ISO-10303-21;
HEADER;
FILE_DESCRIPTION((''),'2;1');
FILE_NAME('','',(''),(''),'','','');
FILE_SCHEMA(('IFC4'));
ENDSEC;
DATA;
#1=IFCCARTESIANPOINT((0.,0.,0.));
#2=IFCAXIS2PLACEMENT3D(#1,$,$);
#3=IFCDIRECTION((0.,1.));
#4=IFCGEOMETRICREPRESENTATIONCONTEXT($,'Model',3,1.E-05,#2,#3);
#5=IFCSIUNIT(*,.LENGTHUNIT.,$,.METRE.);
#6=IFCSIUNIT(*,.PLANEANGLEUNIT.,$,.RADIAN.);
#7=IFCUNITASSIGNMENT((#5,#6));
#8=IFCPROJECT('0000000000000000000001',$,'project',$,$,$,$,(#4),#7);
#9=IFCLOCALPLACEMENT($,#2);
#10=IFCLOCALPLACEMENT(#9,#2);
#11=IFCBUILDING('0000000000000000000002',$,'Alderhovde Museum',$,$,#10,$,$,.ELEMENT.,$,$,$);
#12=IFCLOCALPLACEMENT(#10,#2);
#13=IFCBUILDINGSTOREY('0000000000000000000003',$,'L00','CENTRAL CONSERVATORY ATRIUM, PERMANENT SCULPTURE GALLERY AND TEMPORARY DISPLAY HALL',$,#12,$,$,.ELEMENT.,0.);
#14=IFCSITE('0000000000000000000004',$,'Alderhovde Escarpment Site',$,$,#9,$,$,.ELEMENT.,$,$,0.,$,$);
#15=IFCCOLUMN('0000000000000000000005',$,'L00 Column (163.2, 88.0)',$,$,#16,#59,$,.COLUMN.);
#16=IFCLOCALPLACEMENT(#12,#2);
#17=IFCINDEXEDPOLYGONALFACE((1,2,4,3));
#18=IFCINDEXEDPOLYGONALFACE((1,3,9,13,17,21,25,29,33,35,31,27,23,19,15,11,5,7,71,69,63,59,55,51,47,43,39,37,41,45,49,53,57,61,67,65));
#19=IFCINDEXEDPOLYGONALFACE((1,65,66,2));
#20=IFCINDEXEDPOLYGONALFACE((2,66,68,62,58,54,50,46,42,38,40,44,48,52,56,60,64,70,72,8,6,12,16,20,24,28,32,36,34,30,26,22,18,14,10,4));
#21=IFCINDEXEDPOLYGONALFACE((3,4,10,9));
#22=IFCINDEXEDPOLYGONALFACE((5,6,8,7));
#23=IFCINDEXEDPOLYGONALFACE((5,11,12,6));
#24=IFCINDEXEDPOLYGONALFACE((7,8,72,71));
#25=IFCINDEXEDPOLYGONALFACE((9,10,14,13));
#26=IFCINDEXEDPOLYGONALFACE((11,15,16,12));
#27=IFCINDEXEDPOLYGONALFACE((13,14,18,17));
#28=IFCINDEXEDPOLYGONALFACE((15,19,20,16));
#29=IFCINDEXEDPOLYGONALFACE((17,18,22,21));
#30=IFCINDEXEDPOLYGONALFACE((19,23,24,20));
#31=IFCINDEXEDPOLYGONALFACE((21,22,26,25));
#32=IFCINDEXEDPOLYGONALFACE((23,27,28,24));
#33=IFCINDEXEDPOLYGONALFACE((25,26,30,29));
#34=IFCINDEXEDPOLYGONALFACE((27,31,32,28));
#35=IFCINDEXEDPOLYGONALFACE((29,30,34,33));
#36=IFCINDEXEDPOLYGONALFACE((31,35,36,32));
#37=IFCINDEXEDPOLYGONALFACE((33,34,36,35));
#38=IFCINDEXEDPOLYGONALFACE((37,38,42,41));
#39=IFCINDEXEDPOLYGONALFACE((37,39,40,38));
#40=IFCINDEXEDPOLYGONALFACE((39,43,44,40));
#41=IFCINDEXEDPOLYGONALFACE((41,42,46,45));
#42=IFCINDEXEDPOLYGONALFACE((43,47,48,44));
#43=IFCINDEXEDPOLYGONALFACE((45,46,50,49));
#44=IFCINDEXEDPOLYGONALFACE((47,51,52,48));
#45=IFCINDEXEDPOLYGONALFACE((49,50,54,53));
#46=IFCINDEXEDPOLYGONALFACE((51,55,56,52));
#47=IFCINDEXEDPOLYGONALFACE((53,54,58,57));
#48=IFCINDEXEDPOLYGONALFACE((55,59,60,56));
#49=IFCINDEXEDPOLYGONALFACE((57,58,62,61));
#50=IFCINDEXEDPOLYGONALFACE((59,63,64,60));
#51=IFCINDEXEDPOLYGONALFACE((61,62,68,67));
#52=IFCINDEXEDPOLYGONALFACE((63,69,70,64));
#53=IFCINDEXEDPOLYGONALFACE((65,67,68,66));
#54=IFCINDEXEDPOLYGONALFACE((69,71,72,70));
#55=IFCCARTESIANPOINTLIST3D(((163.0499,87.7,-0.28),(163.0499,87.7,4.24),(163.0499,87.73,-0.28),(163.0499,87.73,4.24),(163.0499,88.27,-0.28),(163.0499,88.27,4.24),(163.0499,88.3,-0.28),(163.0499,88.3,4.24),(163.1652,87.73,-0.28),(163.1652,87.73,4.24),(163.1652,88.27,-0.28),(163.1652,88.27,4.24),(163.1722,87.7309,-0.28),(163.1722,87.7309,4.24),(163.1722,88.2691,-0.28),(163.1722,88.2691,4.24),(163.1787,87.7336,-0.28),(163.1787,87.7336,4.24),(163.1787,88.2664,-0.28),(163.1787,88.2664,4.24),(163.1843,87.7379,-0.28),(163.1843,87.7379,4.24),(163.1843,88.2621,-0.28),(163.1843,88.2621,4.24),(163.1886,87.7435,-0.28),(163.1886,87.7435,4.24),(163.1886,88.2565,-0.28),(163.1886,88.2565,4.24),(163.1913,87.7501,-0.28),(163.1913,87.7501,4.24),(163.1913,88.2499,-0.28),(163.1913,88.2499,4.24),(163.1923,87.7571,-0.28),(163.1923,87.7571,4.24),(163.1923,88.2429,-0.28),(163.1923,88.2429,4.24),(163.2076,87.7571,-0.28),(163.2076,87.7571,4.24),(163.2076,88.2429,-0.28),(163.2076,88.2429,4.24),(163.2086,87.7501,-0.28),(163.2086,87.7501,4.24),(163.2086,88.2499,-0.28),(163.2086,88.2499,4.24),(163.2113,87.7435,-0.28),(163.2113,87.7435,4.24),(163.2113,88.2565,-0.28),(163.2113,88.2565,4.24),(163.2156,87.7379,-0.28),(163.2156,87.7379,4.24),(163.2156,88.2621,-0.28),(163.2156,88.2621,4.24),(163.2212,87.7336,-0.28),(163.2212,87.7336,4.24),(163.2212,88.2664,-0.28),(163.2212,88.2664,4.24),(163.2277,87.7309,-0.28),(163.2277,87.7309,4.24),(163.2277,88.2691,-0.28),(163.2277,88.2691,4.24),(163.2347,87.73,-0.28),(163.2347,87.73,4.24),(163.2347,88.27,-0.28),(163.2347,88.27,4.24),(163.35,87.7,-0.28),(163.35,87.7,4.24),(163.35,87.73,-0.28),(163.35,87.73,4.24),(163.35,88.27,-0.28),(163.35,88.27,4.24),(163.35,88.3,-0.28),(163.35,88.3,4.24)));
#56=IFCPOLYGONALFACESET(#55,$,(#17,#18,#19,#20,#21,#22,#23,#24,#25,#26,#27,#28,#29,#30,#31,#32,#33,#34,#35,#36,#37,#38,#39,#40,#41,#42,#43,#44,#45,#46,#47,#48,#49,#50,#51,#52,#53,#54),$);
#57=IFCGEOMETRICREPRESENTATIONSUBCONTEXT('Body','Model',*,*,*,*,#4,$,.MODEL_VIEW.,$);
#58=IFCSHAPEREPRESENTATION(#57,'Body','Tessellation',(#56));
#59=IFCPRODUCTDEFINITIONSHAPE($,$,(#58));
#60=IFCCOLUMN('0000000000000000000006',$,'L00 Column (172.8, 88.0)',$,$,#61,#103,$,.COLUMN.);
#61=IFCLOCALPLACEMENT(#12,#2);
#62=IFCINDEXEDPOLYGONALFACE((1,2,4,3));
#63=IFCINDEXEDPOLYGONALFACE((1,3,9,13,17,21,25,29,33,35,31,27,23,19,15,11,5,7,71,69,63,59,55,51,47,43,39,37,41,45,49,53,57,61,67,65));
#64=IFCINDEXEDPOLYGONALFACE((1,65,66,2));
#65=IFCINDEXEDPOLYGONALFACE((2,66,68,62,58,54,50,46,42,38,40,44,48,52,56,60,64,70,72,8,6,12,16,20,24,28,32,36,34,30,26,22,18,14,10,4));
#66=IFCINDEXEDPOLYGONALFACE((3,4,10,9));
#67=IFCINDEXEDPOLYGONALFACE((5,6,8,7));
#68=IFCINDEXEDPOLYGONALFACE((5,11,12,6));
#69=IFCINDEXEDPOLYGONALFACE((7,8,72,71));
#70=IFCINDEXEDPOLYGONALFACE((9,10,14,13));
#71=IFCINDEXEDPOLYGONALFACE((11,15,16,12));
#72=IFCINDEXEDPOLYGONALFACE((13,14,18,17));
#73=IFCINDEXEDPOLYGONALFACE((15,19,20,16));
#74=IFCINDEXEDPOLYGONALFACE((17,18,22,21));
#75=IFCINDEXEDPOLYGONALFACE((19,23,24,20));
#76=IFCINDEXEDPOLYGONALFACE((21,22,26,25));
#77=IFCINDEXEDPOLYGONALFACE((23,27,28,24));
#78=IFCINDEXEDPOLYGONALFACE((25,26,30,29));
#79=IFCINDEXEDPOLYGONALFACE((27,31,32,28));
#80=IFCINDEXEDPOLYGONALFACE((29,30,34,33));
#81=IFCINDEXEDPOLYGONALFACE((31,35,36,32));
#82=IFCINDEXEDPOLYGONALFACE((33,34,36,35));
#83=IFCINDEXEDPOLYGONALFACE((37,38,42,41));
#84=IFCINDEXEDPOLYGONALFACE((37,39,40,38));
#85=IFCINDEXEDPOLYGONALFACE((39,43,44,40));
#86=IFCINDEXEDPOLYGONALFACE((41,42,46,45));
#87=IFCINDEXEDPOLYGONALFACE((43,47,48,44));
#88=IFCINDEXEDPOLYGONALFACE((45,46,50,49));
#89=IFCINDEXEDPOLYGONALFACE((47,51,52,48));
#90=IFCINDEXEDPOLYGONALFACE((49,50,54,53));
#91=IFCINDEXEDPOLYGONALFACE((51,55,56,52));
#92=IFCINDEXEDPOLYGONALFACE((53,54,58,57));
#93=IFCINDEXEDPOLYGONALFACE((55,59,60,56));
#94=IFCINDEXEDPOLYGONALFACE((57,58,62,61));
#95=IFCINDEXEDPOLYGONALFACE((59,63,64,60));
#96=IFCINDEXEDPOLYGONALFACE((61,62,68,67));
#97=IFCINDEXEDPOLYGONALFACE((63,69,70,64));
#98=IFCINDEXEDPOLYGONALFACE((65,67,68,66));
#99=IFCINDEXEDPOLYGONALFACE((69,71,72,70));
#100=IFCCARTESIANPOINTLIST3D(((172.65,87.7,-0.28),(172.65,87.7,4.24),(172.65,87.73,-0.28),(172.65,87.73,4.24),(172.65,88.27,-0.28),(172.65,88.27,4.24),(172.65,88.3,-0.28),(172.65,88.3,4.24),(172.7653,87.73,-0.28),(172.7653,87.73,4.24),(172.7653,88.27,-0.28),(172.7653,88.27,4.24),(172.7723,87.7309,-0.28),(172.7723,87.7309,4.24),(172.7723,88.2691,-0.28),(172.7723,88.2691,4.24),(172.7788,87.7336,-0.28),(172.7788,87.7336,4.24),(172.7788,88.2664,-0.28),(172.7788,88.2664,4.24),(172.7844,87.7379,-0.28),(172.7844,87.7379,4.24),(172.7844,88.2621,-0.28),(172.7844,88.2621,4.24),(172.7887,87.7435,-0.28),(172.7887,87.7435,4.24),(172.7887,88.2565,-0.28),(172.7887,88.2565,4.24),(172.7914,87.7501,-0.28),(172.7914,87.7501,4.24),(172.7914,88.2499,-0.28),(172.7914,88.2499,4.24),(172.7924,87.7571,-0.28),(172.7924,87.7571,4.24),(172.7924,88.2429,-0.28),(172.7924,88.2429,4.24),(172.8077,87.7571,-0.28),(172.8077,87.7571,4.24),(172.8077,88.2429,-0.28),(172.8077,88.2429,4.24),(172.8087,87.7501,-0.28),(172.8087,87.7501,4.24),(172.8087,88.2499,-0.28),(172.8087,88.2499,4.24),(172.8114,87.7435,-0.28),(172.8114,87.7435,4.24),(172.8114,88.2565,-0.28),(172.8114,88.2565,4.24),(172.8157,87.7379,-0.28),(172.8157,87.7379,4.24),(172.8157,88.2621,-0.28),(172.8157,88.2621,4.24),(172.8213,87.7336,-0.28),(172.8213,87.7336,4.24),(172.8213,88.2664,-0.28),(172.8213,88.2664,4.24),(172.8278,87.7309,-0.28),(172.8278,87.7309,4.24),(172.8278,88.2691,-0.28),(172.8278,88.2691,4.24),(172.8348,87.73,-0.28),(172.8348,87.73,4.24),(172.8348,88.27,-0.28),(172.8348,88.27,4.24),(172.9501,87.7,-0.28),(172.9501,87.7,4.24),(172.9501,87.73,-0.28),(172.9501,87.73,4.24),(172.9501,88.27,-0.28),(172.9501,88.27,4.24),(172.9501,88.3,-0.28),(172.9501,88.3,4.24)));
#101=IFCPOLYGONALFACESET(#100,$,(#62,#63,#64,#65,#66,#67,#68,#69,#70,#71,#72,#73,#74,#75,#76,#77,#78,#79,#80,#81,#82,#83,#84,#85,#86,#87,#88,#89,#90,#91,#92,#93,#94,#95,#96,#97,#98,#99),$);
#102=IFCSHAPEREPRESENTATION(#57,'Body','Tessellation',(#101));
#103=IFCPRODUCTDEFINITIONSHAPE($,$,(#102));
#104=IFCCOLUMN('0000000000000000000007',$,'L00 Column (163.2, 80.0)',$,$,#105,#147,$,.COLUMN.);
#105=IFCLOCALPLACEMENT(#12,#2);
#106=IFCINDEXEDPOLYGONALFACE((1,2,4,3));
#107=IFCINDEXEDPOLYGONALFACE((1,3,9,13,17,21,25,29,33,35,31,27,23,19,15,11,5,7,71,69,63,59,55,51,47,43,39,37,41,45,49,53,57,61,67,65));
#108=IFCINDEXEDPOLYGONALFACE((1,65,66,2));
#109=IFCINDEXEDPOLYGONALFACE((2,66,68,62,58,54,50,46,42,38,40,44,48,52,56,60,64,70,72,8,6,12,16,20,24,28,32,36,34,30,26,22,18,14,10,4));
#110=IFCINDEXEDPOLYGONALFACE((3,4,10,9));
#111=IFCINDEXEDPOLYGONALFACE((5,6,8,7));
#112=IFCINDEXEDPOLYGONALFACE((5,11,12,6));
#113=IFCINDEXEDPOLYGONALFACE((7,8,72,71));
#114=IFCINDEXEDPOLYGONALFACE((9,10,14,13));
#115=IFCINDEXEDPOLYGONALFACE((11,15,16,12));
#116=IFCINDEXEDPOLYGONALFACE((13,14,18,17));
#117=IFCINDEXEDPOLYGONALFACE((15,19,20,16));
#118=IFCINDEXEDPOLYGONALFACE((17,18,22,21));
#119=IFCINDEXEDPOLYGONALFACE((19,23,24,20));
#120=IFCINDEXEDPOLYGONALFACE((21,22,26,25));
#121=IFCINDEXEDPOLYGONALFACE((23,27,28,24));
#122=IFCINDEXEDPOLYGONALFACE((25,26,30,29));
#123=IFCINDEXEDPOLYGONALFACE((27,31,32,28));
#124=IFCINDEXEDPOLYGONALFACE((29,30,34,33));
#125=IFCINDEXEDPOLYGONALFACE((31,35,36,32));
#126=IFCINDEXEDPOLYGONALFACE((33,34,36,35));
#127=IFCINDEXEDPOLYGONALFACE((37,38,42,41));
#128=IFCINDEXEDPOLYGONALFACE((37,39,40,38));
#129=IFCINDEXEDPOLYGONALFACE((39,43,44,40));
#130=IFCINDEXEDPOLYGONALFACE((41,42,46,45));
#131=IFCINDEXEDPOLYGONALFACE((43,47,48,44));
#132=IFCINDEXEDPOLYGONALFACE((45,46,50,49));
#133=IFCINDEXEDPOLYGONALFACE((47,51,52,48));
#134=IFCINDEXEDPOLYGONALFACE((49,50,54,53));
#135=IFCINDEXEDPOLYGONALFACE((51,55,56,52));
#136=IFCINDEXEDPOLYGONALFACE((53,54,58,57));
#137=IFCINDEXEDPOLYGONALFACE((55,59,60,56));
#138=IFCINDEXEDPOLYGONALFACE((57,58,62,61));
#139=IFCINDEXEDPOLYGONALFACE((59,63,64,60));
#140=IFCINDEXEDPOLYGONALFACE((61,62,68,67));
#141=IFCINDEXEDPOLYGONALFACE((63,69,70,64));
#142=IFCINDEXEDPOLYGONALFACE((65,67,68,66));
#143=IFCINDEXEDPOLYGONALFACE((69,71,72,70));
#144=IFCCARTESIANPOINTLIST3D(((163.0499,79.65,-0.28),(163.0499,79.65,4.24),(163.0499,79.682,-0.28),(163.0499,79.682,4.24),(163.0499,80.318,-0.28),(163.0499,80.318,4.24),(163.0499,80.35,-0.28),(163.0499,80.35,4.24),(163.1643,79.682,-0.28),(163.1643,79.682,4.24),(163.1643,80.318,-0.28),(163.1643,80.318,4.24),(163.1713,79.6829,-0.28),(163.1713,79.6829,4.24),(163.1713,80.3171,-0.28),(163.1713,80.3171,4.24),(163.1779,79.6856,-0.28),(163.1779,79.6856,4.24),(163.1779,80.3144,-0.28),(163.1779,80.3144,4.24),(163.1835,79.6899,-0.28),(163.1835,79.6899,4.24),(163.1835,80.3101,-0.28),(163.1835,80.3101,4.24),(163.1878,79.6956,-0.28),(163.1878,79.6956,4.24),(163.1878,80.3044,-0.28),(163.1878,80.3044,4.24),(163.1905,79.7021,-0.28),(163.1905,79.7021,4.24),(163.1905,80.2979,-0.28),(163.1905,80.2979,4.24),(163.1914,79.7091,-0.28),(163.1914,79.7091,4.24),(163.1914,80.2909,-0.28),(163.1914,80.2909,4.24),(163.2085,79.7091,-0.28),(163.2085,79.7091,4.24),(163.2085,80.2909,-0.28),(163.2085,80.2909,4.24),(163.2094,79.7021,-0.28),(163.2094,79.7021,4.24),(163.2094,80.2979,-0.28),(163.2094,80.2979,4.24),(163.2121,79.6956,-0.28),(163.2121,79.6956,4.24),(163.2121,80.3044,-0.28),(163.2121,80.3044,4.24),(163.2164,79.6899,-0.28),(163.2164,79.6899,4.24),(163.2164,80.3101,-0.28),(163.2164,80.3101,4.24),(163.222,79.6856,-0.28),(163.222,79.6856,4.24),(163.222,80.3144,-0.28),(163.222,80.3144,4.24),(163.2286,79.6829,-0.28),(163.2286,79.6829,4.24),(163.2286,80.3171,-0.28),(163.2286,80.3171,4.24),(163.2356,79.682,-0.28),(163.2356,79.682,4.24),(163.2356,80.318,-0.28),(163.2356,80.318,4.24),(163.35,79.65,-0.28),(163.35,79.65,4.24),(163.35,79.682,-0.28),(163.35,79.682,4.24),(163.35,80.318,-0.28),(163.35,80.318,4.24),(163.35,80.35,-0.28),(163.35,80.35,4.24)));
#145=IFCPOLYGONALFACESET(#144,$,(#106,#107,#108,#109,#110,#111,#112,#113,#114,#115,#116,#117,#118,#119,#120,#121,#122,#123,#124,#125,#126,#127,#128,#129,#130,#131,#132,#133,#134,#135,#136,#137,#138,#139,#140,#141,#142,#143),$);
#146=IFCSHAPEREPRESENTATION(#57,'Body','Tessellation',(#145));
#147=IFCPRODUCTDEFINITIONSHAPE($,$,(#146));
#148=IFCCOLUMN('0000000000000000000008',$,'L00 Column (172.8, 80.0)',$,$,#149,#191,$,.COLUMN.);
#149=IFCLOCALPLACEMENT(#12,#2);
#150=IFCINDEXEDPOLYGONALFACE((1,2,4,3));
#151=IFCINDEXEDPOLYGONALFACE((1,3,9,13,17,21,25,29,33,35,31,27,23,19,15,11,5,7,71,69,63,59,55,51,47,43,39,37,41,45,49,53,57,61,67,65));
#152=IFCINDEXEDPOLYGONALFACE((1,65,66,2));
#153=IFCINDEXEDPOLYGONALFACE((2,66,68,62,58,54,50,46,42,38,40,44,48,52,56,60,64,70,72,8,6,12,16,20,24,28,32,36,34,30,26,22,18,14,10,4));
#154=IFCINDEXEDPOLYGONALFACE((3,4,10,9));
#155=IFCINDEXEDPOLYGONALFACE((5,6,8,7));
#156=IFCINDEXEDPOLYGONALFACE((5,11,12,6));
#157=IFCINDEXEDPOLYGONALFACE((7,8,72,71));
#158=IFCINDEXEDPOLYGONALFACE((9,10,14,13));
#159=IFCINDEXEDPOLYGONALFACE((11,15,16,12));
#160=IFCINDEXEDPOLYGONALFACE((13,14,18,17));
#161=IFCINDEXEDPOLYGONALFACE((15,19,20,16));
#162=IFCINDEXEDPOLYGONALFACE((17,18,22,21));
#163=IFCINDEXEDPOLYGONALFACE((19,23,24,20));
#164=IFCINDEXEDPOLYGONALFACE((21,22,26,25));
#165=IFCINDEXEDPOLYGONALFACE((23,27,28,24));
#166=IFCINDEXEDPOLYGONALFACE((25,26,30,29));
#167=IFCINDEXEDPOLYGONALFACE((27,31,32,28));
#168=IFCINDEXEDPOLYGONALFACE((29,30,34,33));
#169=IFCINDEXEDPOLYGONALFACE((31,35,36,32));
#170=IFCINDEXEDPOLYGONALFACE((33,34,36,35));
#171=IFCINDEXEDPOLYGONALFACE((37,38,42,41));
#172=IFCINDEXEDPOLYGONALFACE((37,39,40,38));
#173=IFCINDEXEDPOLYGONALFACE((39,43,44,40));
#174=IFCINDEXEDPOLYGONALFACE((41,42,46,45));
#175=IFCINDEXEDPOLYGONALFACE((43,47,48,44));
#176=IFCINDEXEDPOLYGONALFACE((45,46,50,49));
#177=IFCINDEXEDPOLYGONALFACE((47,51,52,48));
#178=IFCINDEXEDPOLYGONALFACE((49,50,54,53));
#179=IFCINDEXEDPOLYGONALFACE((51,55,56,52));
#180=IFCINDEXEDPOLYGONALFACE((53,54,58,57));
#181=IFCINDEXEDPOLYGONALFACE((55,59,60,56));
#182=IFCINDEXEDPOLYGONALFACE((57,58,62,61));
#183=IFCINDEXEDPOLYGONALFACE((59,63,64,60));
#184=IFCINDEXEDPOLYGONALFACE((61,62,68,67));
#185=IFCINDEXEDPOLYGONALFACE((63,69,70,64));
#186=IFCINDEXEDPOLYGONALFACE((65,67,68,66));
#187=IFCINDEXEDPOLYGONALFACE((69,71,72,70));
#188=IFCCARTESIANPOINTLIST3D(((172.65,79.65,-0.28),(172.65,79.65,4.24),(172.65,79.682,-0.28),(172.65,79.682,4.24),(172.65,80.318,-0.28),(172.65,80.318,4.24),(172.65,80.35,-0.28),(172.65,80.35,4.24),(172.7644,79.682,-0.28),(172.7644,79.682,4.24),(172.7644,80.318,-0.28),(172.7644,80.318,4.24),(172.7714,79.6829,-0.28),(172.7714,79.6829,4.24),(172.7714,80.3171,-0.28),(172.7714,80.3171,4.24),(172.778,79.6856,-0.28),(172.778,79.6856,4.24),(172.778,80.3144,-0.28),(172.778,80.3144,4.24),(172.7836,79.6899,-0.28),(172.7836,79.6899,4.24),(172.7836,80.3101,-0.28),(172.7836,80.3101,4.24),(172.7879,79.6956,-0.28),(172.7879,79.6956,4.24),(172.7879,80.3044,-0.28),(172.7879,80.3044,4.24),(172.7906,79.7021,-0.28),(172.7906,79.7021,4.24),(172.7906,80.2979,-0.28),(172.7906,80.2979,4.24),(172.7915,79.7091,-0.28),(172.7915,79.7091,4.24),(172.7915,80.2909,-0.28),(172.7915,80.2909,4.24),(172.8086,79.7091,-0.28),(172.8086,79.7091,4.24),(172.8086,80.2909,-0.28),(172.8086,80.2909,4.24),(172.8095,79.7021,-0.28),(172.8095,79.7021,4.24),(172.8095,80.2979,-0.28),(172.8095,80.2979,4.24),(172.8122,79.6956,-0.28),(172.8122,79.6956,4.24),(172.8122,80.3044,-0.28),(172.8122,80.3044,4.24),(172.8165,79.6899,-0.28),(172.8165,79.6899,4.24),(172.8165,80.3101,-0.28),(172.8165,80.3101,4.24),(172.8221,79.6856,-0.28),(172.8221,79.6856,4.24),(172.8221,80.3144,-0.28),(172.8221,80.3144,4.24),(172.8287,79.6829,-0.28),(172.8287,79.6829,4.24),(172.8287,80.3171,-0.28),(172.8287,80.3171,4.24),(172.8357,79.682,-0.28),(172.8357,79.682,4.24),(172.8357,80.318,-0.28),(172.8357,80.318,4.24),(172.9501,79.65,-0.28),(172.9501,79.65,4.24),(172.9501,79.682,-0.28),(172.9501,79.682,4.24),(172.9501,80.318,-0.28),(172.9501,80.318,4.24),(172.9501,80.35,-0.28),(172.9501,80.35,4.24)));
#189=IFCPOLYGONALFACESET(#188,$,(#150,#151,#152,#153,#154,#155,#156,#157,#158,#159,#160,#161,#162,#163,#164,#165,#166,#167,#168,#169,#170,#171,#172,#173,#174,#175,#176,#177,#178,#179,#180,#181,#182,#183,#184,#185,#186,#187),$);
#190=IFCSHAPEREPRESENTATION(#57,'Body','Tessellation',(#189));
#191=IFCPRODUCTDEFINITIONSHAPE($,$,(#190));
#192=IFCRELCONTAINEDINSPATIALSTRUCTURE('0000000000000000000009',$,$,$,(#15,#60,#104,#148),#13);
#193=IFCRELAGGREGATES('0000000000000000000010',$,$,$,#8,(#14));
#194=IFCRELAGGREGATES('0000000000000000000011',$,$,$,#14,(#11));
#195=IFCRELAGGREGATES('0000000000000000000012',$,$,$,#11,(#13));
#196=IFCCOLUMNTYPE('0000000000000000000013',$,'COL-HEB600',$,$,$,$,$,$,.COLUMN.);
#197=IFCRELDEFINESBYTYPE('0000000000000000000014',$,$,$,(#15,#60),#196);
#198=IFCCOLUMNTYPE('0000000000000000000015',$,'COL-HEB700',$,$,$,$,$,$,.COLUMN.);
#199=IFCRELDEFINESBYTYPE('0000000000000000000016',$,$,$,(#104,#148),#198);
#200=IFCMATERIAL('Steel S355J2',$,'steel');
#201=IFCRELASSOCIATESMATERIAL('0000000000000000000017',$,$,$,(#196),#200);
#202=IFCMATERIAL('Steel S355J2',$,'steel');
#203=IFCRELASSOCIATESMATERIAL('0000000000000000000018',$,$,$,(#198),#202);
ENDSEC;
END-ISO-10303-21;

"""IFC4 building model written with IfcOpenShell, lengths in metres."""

from ifc_helpers import new_model, si_unit, direction, frame, origin, origin_2d, place, context, subcontext, project, spatial, i_section, extrude, material, material_profile, profile_set, type_object, element, save


model = new_model("IFC4")

# Units and contexts
model_context = context("Model", 3, precision=1e-05, world=origin(), true_north=direction((0.0, 1.0)))
body_context = subcontext(model_context, "Body", "Model", "MODEL_VIEW")
ifc_project = project(units=[si_unit("LENGTHUNIT", "METRE"), si_unit("PLANEANGLEUNIT", "RADIAN")], contexts=[model_context])

# Site, building, storey
site_placement = place(None, origin())
site = spatial("IfcSite", under=ifc_project, at=site_placement, Name="Alderhovde Escarpment Site", CompositionType="ELEMENT", RefElevation=0.0)
building_placement = place(site_placement, origin())
building = spatial("IfcBuilding", under=site, at=building_placement, Name="Alderhovde Museum", CompositionType="ELEMENT")
storey_placement = place(building_placement, origin())
storey = spatial("IfcBuildingStorey", under=building, at=storey_placement, Name="L00", Description="CENTRAL CONSERVATORY ATRIUM, PERMANENT SCULPTURE GALLERY AND TEMPORARY DISPLAY HALL", CompositionType="ELEMENT", Elevation=0.0)

# Columns
ifc_material_1 = material(Name="Steel S355J2", Category="steel")
ifc_material_profile_1 = material_profile(ifc_material_1, i_section(OverallWidth=0.3, OverallDepth=0.6001, WebThickness=0.0154, FlangeThickness=0.03, FilletRadius=0.0271, at=origin_2d()), Name="HEB 600")
ifc_profile_set_1 = profile_set([ifc_material_profile_1], Name="Steel S355J2")
column_type_1 = type_object("IfcColumnType", Name="COL-HEB600", PredefinedType="COLUMN", material=ifc_profile_set_1)
for number, where, z_axis, x_axis, name in (
    (1, (163.2, 88.0, -0.28), (0.0, 0.0, 1.0), (1.0, 0.0, 0.0), "L00 Column (163.2, 88.0)"),
    (2, (172.8, 88.0, -0.28), (0.0, 0.0, 1.0), (1.0, 0.0, 0.0), "L00 Column (172.8, 88.0)"),
):
    element("IfcColumn", number, at=place(storey_placement, frame(where, z_axis=z_axis, x_axis=x_axis)), inside=storey, type_object=column_type_1, Name=name, PredefinedType="COLUMN", context=body_context, shape_type="SweptSolid", body=[
        extrude(i_section(OverallWidth=0.3, OverallDepth=0.6001, WebThickness=0.0154, FlangeThickness=0.03, FilletRadius=0.0271, at=origin_2d()), origin(), (0.0, 0.0, 1.0), 4.52),
    ])
ifc_material_2 = material(Name="Steel S355J2", Category="steel")
ifc_material_profile_2 = material_profile(ifc_material_2, i_section(OverallWidth=0.3, OverallDepth=0.7, WebThickness=0.0171, FlangeThickness=0.032, FilletRadius=0.0271, at=origin_2d()), Name="HEB 700")
ifc_profile_set_2 = profile_set([ifc_material_profile_2], Name="Steel S355J2")
column_type_2 = type_object("IfcColumnType", Name="COL-HEB700", PredefinedType="COLUMN", material=ifc_profile_set_2)
for number, where, z_axis, x_axis, name in (
    (3, (163.2, 80.0, -0.28), (0.0, 0.0, 1.0), (1.0, 0.0, 0.0), "L00 Column (163.2, 80.0)"),
    (4, (172.8, 80.0, -0.28), (0.0, 0.0, 1.0), (1.0, 0.0, 0.0), "L00 Column (172.8, 80.0)"),
):
    element("IfcColumn", number, at=place(storey_placement, frame(where, z_axis=z_axis, x_axis=x_axis)), inside=storey, type_object=column_type_2, Name=name, PredefinedType="COLUMN", context=body_context, shape_type="SweptSolid", body=[
        extrude(i_section(OverallWidth=0.3, OverallDepth=0.7, WebThickness=0.0171, FlangeThickness=0.032, FilletRadius=0.0271, at=origin_2d()), origin(), (0.0, 0.0, 1.0), 4.52),
    ])

save(model, "model.ifc")
